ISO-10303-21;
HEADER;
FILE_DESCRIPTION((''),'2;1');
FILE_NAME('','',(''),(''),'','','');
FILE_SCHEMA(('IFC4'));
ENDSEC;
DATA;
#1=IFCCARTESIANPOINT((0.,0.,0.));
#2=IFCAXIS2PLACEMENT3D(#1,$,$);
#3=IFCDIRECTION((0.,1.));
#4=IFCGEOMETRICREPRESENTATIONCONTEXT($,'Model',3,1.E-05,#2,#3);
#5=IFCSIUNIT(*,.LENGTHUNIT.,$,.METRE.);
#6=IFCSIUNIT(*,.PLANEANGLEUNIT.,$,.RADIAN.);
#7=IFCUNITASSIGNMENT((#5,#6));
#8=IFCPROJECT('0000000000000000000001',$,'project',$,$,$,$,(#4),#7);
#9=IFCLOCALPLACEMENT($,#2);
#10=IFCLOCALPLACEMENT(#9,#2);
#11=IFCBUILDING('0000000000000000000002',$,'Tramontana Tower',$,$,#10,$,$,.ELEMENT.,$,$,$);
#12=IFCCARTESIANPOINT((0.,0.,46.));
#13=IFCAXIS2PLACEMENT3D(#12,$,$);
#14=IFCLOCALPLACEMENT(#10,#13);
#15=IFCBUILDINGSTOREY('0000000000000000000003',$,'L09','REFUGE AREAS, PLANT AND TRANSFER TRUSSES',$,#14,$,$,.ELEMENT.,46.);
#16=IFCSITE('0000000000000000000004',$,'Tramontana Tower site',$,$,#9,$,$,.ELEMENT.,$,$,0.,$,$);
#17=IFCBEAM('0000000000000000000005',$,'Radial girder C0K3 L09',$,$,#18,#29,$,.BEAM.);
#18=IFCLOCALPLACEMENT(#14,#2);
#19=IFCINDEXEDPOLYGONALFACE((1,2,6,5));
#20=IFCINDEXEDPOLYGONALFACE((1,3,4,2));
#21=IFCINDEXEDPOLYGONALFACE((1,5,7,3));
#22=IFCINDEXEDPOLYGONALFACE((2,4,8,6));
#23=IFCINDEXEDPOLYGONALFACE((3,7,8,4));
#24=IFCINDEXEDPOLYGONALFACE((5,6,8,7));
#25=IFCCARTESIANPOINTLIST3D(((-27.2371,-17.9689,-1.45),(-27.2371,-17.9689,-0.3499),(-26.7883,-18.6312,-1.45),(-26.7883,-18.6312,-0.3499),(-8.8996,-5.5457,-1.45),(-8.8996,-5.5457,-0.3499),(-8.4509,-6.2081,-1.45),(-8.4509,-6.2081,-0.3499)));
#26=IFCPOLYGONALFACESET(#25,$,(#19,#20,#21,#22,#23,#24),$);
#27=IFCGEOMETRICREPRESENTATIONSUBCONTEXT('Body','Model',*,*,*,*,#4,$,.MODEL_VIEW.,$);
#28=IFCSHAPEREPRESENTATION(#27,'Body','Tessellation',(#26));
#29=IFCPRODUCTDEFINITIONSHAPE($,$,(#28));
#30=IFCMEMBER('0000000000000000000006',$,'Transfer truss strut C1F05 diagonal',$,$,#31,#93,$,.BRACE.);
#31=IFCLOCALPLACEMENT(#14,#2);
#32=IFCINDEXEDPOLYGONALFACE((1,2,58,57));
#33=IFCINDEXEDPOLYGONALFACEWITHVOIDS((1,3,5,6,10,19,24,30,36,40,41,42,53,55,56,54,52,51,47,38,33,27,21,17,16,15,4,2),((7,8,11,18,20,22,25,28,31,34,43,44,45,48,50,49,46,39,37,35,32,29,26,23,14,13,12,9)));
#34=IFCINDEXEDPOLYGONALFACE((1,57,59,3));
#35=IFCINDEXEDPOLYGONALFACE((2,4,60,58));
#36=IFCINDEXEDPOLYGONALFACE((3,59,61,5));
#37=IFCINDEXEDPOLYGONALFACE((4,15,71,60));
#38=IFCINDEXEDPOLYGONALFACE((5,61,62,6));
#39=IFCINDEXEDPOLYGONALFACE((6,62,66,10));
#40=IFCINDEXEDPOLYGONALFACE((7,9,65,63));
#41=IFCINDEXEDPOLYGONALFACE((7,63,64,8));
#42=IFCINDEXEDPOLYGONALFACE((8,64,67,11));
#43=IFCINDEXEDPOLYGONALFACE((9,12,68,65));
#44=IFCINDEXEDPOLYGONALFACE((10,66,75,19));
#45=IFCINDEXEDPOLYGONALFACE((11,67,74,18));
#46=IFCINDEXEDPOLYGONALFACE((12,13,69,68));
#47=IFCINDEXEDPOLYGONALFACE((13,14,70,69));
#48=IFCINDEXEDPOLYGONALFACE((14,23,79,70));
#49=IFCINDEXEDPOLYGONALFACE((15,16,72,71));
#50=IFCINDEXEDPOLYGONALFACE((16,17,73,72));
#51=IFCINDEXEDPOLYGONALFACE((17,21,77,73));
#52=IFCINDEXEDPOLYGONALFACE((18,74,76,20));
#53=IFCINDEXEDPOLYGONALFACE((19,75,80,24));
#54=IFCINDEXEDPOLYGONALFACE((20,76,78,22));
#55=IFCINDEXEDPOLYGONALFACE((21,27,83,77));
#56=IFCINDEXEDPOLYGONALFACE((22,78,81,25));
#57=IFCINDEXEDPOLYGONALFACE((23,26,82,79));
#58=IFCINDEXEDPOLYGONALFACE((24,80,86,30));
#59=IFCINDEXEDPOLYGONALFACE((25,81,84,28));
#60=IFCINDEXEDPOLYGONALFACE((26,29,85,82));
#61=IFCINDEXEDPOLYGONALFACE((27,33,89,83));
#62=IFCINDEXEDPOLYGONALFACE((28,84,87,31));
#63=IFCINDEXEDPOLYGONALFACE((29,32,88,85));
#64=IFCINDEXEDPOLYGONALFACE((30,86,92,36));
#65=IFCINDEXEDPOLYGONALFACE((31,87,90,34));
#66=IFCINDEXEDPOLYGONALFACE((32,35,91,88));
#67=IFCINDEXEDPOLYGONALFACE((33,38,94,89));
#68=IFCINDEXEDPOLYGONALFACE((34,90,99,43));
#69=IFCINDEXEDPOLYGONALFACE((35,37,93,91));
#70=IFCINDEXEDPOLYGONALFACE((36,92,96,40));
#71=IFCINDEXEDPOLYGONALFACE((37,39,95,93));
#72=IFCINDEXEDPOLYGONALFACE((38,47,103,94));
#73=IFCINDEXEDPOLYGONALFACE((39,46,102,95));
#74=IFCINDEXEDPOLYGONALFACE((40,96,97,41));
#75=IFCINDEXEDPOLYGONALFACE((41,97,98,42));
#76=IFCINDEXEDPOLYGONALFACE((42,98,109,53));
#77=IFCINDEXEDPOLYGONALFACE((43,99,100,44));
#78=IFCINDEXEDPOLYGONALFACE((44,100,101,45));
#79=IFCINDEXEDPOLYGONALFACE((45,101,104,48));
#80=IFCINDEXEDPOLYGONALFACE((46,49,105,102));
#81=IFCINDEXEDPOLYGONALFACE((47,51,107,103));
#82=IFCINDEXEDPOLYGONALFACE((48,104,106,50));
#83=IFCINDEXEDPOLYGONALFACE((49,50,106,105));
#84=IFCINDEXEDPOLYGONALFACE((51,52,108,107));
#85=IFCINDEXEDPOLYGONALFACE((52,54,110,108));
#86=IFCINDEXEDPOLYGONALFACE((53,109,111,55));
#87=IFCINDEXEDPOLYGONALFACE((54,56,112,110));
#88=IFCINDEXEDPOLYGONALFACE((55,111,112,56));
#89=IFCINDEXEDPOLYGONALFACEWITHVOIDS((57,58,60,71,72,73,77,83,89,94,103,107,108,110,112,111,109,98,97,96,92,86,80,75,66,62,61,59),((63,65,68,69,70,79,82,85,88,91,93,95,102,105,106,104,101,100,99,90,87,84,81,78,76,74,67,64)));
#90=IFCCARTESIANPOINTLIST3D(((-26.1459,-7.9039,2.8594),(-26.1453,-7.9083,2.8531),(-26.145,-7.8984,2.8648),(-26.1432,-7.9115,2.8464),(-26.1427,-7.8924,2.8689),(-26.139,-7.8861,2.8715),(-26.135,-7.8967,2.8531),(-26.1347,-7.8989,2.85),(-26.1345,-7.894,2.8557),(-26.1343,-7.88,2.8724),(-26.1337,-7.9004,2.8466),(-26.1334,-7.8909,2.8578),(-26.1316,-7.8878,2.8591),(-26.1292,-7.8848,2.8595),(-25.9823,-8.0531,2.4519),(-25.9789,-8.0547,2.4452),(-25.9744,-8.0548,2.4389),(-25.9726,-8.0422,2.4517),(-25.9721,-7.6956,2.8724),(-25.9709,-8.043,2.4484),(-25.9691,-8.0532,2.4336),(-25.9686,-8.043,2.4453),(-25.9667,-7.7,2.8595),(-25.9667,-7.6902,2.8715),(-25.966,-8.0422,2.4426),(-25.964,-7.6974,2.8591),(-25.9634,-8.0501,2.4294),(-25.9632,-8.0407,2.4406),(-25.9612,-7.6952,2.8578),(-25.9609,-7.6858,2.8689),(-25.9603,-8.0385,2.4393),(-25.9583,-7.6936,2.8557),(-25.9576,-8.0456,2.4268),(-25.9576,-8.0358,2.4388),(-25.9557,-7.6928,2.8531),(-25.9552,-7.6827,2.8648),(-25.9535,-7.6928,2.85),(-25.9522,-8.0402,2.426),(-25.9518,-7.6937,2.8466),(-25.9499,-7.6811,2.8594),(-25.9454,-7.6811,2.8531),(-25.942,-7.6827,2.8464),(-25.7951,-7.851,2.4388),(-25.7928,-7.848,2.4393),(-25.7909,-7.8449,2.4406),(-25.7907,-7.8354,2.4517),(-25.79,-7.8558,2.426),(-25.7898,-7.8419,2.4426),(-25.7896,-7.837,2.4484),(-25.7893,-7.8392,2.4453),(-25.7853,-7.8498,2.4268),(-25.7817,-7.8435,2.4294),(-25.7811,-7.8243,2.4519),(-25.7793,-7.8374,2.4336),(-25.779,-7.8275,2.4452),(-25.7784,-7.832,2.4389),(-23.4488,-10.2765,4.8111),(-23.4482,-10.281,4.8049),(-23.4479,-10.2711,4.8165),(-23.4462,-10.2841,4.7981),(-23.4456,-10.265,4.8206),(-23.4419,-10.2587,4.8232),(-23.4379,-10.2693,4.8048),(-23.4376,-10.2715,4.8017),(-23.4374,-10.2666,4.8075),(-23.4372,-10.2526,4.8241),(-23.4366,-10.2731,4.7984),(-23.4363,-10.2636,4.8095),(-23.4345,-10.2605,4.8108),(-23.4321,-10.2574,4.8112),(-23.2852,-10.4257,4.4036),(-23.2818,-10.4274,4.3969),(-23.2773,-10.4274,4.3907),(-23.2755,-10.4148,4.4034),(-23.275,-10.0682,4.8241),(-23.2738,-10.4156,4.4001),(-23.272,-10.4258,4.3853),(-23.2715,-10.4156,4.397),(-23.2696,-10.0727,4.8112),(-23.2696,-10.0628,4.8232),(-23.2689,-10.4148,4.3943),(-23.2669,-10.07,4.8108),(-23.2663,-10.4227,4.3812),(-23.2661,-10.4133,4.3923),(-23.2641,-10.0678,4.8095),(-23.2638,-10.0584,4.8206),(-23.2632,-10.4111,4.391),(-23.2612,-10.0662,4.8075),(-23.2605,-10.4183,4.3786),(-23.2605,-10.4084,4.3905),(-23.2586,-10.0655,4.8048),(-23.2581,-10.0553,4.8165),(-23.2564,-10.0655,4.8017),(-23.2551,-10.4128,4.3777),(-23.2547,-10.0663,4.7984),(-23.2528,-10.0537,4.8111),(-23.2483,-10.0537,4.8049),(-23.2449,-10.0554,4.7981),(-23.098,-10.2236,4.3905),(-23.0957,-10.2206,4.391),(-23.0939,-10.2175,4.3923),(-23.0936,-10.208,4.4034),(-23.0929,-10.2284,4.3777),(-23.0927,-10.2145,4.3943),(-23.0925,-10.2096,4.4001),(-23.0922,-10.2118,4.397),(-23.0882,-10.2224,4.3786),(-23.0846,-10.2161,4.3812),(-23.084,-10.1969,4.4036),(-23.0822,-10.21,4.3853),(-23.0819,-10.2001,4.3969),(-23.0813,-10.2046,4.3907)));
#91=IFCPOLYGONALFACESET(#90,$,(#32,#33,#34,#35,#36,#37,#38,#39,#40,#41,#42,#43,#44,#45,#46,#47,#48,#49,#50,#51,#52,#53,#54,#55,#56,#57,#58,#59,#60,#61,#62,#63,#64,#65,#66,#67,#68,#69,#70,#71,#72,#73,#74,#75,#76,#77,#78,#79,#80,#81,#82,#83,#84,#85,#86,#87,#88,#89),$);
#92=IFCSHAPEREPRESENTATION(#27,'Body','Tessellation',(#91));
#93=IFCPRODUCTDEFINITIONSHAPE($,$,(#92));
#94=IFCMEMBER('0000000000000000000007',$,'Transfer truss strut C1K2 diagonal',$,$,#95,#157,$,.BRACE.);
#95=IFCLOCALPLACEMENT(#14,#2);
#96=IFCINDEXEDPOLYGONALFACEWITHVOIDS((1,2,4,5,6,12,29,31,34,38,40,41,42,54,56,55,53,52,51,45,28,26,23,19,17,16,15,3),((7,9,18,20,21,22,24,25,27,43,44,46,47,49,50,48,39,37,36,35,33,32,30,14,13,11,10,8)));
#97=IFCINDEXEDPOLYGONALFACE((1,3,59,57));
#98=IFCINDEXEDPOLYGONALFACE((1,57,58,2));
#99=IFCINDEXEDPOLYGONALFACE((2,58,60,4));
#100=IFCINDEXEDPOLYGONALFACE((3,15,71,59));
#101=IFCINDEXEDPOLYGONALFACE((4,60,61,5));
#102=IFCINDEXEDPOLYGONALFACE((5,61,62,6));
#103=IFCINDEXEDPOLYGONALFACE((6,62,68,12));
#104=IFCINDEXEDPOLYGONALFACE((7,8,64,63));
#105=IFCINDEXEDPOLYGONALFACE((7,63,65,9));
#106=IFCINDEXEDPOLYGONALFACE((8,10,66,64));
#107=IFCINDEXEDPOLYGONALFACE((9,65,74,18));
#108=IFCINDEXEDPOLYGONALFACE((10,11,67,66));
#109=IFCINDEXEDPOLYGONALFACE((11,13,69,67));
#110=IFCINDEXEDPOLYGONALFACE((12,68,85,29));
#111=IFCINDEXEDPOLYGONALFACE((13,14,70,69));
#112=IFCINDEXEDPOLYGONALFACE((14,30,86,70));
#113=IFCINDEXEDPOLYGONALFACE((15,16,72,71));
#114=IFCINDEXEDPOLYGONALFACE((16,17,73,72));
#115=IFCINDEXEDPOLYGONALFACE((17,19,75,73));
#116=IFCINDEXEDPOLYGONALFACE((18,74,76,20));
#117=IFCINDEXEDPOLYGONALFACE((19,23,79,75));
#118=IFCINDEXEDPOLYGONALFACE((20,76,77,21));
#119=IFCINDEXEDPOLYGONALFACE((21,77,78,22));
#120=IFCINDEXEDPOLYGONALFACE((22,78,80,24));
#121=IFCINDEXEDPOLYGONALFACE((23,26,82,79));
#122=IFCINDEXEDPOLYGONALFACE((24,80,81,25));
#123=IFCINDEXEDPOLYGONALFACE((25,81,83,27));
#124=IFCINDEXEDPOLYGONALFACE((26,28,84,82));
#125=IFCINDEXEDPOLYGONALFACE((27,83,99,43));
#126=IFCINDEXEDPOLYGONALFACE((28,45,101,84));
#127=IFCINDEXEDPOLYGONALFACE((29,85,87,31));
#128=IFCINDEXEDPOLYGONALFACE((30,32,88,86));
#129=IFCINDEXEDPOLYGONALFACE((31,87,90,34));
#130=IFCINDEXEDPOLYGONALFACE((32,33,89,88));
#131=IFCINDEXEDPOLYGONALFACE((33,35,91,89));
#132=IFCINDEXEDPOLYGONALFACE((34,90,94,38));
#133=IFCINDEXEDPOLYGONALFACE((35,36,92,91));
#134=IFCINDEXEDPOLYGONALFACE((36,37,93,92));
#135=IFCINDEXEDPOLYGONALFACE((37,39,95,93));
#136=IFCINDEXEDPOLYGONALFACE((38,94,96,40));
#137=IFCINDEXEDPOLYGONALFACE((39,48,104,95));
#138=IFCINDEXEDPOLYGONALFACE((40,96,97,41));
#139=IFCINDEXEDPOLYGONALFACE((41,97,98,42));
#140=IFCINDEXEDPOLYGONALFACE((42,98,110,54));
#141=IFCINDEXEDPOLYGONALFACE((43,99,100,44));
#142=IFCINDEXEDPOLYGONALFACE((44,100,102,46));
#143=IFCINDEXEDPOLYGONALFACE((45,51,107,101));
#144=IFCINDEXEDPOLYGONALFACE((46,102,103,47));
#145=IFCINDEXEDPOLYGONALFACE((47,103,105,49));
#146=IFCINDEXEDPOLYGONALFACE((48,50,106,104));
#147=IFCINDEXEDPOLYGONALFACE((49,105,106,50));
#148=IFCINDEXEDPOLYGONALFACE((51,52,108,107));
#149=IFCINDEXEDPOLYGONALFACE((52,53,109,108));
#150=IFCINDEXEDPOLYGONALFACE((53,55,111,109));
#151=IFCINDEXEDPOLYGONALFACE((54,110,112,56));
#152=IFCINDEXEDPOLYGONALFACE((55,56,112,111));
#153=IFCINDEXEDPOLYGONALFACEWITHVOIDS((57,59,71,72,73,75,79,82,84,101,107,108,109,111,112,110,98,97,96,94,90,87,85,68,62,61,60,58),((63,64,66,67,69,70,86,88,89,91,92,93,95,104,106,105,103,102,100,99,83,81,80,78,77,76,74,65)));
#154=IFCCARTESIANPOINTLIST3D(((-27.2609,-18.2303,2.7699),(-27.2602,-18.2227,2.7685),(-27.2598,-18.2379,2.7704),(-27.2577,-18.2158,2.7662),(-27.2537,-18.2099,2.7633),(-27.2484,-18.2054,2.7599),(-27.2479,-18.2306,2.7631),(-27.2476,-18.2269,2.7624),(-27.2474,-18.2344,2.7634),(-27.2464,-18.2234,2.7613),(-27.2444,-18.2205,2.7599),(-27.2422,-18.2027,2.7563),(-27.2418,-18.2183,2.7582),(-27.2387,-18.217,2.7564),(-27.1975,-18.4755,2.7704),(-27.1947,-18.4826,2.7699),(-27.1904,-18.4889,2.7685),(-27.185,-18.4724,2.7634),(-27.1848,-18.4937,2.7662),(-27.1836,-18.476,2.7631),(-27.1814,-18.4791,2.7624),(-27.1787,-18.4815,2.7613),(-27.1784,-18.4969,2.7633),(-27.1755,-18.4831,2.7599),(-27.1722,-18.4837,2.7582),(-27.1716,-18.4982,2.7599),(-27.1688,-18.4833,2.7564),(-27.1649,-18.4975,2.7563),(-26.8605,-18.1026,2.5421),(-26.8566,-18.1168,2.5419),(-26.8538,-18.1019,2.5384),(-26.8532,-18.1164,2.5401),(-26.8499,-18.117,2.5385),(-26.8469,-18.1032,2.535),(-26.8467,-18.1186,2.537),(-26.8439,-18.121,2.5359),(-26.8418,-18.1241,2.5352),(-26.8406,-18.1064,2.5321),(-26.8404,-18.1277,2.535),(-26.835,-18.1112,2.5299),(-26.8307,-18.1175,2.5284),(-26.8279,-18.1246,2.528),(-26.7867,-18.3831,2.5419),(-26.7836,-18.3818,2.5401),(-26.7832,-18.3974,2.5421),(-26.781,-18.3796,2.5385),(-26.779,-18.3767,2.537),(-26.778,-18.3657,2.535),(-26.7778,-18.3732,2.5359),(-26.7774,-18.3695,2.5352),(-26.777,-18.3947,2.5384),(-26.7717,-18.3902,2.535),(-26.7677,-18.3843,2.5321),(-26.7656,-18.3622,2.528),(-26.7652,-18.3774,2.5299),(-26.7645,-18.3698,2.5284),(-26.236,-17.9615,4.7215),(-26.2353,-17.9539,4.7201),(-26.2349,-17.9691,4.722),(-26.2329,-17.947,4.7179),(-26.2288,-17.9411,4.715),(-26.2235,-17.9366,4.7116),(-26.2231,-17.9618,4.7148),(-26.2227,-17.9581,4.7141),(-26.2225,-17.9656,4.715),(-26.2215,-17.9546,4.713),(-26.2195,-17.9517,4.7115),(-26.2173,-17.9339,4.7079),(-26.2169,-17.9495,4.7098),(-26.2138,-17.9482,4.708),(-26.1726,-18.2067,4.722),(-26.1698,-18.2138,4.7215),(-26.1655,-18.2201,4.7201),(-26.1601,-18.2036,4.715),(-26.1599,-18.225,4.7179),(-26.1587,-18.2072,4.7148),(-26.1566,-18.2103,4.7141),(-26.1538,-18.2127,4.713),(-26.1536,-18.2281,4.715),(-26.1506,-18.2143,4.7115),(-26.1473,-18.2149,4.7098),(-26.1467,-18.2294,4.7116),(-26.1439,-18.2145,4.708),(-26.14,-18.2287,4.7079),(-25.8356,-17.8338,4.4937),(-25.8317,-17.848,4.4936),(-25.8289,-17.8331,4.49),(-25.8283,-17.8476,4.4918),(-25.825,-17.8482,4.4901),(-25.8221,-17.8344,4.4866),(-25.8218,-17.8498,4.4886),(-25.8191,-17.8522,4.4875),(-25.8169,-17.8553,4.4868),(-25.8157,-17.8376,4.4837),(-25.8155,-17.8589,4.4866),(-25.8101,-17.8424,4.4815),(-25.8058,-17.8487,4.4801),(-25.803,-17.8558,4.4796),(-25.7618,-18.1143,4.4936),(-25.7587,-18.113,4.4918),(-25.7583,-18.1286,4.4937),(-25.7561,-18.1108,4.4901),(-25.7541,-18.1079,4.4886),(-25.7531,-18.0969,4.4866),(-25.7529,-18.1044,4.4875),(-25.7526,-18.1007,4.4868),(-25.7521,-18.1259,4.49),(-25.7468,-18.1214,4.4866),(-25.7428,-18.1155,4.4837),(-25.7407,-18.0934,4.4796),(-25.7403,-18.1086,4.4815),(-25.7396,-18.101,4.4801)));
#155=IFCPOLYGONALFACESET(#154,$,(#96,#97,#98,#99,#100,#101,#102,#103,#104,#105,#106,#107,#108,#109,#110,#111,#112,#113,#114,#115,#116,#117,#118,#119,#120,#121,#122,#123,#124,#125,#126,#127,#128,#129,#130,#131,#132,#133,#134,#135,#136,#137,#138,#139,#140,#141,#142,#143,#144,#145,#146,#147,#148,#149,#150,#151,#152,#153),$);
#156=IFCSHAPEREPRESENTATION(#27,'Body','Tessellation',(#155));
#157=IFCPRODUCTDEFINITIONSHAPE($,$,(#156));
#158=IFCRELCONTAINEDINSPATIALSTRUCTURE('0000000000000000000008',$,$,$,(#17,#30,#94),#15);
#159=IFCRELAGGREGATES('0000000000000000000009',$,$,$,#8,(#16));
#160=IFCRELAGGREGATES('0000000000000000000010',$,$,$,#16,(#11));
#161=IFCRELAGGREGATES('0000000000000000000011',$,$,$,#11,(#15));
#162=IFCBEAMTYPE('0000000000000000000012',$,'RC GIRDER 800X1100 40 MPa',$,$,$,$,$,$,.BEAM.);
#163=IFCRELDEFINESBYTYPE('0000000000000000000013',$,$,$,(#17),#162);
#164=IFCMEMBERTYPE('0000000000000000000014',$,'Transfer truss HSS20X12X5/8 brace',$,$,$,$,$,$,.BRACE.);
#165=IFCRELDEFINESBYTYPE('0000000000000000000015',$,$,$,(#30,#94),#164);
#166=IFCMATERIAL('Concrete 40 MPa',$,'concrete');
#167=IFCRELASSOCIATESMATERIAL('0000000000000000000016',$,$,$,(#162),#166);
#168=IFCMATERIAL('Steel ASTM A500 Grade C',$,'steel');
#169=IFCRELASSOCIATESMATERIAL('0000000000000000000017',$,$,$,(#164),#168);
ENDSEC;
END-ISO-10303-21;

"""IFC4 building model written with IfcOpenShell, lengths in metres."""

from ifc_helpers import new_model, si_unit, direction, frame, origin, origin_2d, place, context, subcontext, project, spatial, rectangle, hollow_rectangle, extrude, material, material_profile, profile_set, type_object, element, save


model = new_model("IFC4")

# Units and contexts
model_context = context("Model", 3, precision=1e-05, world=origin(), true_north=direction((0.0, 1.0)))
body_context = subcontext(model_context, "Body", "Model", "MODEL_VIEW")
ifc_project = project(units=[si_unit("LENGTHUNIT", "METRE"), si_unit("PLANEANGLEUNIT", "RADIAN")], contexts=[model_context])

# Site, building, storey
site_placement = place(None, origin())
site = spatial("IfcSite", under=ifc_project, at=site_placement, Name="Tramontana Tower site", CompositionType="ELEMENT", RefElevation=0.0)
building_placement = place(site_placement, origin())
building = spatial("IfcBuilding", under=site, at=building_placement, Name="Tramontana Tower", CompositionType="ELEMENT")
storey_placement = place(building_placement, frame((0.0, 0.0, 46.0)))
storey = spatial("IfcBuildingStorey", under=building, at=storey_placement, Name="L09", Description="REFUGE AREAS, PLANT AND TRANSFER TRUSSES", CompositionType="ELEMENT", Elevation=46.0)

# Beam
ifc_material_1 = material(Name="Concrete 40 MPa", Category="concrete")
ifc_material_profile_1 = material_profile(ifc_material_1, rectangle(XDim=0.8, YDim=1.1001, at=origin_2d()), Name="RC GIRDER 800X1100 40 MPa")
ifc_profile_set_1 = profile_set([ifc_material_profile_1], Name="Concrete 40 MPa")
beam_type_1 = type_object("IfcBeamType", Name="RC GIRDER 800X1100 40 MPa", PredefinedType="BEAM", material=ifc_profile_set_1)
beam_1_placement = place(storey_placement, frame((-27.0127, -18.3, -0.8999), z_axis=(0.827898, 0.560879, 0.0), x_axis=(-0.560879, 0.827898, 0.0)))
element("IfcBeam", 1, at=beam_1_placement, inside=storey, type_object=beam_type_1, Name="Radial girder C0K3 L09", PredefinedType="BEAM", context=body_context, shape_type="SweptSolid", body=[
    extrude(rectangle(XDim=0.8, YDim=1.1001, at=origin_2d()), origin(), (0.0, 0.0, 1.0), 22.1494),
])

# Members
ifc_material_2 = material(Name="Steel ASTM A500 Grade C", Category="steel")
ifc_material_profile_2 = material_profile(ifc_material_2, hollow_rectangle(XDim=0.3047, YDim=0.5081, WallThickness=0.0146, InnerFilletRadius=0.0146, OuterFilletRadius=0.0295, at=origin_2d()), Name="HSS20X12X5/8")
ifc_profile_set_2 = profile_set([ifc_material_profile_2], Name="Steel ASTM A500 Grade C")
member_type_1 = type_object("IfcMemberType", Name="Transfer truss HSS20X12X5/8 brace", PredefinedType="BRACE", material=ifc_profile_set_2)
member_1_placement = place(storey_placement, frame((-25.9622, -7.8679, 2.6492), z_axis=(0.659737, -0.580368, 0.477409), x_axis=(0.660499, 0.750827, 0.0)))
element("IfcMember", 2, at=member_1_placement, inside=storey, type_object=member_type_1, Name="Transfer truss strut C1F05 diagonal", PredefinedType="BRACE", context=body_context, shape_type="SweptSolid", body=[
    extrude(hollow_rectangle(XDim=0.3047, YDim=0.5081, WallThickness=0.0146, InnerFilletRadius=0.0146, OuterFilletRadius=0.0295, at=origin_2d()), origin(), (0.0, 0.0, 1.0), 4.0881),
])
member_2_placement = place(storey_placement, frame((-27.0127, -18.3, 2.6492), z_axis=(0.461515, 0.121041, 0.878836), x_axis=(-0.253688, 0.967286, 0.0)))
element("IfcMember", 3, at=member_2_placement, inside=storey, type_object=member_type_1, Name="Transfer truss strut C1K2 diagonal", PredefinedType="BRACE", context=body_context, shape_type="SweptSolid", body=[
    extrude(hollow_rectangle(XDim=0.3047, YDim=0.5081, WallThickness=0.0146, InnerFilletRadius=0.0146, OuterFilletRadius=0.0295, at=origin_2d()), origin(), (0.0, 0.0, 1.0), 2.2207),
])

save(model, "model.ifc")
